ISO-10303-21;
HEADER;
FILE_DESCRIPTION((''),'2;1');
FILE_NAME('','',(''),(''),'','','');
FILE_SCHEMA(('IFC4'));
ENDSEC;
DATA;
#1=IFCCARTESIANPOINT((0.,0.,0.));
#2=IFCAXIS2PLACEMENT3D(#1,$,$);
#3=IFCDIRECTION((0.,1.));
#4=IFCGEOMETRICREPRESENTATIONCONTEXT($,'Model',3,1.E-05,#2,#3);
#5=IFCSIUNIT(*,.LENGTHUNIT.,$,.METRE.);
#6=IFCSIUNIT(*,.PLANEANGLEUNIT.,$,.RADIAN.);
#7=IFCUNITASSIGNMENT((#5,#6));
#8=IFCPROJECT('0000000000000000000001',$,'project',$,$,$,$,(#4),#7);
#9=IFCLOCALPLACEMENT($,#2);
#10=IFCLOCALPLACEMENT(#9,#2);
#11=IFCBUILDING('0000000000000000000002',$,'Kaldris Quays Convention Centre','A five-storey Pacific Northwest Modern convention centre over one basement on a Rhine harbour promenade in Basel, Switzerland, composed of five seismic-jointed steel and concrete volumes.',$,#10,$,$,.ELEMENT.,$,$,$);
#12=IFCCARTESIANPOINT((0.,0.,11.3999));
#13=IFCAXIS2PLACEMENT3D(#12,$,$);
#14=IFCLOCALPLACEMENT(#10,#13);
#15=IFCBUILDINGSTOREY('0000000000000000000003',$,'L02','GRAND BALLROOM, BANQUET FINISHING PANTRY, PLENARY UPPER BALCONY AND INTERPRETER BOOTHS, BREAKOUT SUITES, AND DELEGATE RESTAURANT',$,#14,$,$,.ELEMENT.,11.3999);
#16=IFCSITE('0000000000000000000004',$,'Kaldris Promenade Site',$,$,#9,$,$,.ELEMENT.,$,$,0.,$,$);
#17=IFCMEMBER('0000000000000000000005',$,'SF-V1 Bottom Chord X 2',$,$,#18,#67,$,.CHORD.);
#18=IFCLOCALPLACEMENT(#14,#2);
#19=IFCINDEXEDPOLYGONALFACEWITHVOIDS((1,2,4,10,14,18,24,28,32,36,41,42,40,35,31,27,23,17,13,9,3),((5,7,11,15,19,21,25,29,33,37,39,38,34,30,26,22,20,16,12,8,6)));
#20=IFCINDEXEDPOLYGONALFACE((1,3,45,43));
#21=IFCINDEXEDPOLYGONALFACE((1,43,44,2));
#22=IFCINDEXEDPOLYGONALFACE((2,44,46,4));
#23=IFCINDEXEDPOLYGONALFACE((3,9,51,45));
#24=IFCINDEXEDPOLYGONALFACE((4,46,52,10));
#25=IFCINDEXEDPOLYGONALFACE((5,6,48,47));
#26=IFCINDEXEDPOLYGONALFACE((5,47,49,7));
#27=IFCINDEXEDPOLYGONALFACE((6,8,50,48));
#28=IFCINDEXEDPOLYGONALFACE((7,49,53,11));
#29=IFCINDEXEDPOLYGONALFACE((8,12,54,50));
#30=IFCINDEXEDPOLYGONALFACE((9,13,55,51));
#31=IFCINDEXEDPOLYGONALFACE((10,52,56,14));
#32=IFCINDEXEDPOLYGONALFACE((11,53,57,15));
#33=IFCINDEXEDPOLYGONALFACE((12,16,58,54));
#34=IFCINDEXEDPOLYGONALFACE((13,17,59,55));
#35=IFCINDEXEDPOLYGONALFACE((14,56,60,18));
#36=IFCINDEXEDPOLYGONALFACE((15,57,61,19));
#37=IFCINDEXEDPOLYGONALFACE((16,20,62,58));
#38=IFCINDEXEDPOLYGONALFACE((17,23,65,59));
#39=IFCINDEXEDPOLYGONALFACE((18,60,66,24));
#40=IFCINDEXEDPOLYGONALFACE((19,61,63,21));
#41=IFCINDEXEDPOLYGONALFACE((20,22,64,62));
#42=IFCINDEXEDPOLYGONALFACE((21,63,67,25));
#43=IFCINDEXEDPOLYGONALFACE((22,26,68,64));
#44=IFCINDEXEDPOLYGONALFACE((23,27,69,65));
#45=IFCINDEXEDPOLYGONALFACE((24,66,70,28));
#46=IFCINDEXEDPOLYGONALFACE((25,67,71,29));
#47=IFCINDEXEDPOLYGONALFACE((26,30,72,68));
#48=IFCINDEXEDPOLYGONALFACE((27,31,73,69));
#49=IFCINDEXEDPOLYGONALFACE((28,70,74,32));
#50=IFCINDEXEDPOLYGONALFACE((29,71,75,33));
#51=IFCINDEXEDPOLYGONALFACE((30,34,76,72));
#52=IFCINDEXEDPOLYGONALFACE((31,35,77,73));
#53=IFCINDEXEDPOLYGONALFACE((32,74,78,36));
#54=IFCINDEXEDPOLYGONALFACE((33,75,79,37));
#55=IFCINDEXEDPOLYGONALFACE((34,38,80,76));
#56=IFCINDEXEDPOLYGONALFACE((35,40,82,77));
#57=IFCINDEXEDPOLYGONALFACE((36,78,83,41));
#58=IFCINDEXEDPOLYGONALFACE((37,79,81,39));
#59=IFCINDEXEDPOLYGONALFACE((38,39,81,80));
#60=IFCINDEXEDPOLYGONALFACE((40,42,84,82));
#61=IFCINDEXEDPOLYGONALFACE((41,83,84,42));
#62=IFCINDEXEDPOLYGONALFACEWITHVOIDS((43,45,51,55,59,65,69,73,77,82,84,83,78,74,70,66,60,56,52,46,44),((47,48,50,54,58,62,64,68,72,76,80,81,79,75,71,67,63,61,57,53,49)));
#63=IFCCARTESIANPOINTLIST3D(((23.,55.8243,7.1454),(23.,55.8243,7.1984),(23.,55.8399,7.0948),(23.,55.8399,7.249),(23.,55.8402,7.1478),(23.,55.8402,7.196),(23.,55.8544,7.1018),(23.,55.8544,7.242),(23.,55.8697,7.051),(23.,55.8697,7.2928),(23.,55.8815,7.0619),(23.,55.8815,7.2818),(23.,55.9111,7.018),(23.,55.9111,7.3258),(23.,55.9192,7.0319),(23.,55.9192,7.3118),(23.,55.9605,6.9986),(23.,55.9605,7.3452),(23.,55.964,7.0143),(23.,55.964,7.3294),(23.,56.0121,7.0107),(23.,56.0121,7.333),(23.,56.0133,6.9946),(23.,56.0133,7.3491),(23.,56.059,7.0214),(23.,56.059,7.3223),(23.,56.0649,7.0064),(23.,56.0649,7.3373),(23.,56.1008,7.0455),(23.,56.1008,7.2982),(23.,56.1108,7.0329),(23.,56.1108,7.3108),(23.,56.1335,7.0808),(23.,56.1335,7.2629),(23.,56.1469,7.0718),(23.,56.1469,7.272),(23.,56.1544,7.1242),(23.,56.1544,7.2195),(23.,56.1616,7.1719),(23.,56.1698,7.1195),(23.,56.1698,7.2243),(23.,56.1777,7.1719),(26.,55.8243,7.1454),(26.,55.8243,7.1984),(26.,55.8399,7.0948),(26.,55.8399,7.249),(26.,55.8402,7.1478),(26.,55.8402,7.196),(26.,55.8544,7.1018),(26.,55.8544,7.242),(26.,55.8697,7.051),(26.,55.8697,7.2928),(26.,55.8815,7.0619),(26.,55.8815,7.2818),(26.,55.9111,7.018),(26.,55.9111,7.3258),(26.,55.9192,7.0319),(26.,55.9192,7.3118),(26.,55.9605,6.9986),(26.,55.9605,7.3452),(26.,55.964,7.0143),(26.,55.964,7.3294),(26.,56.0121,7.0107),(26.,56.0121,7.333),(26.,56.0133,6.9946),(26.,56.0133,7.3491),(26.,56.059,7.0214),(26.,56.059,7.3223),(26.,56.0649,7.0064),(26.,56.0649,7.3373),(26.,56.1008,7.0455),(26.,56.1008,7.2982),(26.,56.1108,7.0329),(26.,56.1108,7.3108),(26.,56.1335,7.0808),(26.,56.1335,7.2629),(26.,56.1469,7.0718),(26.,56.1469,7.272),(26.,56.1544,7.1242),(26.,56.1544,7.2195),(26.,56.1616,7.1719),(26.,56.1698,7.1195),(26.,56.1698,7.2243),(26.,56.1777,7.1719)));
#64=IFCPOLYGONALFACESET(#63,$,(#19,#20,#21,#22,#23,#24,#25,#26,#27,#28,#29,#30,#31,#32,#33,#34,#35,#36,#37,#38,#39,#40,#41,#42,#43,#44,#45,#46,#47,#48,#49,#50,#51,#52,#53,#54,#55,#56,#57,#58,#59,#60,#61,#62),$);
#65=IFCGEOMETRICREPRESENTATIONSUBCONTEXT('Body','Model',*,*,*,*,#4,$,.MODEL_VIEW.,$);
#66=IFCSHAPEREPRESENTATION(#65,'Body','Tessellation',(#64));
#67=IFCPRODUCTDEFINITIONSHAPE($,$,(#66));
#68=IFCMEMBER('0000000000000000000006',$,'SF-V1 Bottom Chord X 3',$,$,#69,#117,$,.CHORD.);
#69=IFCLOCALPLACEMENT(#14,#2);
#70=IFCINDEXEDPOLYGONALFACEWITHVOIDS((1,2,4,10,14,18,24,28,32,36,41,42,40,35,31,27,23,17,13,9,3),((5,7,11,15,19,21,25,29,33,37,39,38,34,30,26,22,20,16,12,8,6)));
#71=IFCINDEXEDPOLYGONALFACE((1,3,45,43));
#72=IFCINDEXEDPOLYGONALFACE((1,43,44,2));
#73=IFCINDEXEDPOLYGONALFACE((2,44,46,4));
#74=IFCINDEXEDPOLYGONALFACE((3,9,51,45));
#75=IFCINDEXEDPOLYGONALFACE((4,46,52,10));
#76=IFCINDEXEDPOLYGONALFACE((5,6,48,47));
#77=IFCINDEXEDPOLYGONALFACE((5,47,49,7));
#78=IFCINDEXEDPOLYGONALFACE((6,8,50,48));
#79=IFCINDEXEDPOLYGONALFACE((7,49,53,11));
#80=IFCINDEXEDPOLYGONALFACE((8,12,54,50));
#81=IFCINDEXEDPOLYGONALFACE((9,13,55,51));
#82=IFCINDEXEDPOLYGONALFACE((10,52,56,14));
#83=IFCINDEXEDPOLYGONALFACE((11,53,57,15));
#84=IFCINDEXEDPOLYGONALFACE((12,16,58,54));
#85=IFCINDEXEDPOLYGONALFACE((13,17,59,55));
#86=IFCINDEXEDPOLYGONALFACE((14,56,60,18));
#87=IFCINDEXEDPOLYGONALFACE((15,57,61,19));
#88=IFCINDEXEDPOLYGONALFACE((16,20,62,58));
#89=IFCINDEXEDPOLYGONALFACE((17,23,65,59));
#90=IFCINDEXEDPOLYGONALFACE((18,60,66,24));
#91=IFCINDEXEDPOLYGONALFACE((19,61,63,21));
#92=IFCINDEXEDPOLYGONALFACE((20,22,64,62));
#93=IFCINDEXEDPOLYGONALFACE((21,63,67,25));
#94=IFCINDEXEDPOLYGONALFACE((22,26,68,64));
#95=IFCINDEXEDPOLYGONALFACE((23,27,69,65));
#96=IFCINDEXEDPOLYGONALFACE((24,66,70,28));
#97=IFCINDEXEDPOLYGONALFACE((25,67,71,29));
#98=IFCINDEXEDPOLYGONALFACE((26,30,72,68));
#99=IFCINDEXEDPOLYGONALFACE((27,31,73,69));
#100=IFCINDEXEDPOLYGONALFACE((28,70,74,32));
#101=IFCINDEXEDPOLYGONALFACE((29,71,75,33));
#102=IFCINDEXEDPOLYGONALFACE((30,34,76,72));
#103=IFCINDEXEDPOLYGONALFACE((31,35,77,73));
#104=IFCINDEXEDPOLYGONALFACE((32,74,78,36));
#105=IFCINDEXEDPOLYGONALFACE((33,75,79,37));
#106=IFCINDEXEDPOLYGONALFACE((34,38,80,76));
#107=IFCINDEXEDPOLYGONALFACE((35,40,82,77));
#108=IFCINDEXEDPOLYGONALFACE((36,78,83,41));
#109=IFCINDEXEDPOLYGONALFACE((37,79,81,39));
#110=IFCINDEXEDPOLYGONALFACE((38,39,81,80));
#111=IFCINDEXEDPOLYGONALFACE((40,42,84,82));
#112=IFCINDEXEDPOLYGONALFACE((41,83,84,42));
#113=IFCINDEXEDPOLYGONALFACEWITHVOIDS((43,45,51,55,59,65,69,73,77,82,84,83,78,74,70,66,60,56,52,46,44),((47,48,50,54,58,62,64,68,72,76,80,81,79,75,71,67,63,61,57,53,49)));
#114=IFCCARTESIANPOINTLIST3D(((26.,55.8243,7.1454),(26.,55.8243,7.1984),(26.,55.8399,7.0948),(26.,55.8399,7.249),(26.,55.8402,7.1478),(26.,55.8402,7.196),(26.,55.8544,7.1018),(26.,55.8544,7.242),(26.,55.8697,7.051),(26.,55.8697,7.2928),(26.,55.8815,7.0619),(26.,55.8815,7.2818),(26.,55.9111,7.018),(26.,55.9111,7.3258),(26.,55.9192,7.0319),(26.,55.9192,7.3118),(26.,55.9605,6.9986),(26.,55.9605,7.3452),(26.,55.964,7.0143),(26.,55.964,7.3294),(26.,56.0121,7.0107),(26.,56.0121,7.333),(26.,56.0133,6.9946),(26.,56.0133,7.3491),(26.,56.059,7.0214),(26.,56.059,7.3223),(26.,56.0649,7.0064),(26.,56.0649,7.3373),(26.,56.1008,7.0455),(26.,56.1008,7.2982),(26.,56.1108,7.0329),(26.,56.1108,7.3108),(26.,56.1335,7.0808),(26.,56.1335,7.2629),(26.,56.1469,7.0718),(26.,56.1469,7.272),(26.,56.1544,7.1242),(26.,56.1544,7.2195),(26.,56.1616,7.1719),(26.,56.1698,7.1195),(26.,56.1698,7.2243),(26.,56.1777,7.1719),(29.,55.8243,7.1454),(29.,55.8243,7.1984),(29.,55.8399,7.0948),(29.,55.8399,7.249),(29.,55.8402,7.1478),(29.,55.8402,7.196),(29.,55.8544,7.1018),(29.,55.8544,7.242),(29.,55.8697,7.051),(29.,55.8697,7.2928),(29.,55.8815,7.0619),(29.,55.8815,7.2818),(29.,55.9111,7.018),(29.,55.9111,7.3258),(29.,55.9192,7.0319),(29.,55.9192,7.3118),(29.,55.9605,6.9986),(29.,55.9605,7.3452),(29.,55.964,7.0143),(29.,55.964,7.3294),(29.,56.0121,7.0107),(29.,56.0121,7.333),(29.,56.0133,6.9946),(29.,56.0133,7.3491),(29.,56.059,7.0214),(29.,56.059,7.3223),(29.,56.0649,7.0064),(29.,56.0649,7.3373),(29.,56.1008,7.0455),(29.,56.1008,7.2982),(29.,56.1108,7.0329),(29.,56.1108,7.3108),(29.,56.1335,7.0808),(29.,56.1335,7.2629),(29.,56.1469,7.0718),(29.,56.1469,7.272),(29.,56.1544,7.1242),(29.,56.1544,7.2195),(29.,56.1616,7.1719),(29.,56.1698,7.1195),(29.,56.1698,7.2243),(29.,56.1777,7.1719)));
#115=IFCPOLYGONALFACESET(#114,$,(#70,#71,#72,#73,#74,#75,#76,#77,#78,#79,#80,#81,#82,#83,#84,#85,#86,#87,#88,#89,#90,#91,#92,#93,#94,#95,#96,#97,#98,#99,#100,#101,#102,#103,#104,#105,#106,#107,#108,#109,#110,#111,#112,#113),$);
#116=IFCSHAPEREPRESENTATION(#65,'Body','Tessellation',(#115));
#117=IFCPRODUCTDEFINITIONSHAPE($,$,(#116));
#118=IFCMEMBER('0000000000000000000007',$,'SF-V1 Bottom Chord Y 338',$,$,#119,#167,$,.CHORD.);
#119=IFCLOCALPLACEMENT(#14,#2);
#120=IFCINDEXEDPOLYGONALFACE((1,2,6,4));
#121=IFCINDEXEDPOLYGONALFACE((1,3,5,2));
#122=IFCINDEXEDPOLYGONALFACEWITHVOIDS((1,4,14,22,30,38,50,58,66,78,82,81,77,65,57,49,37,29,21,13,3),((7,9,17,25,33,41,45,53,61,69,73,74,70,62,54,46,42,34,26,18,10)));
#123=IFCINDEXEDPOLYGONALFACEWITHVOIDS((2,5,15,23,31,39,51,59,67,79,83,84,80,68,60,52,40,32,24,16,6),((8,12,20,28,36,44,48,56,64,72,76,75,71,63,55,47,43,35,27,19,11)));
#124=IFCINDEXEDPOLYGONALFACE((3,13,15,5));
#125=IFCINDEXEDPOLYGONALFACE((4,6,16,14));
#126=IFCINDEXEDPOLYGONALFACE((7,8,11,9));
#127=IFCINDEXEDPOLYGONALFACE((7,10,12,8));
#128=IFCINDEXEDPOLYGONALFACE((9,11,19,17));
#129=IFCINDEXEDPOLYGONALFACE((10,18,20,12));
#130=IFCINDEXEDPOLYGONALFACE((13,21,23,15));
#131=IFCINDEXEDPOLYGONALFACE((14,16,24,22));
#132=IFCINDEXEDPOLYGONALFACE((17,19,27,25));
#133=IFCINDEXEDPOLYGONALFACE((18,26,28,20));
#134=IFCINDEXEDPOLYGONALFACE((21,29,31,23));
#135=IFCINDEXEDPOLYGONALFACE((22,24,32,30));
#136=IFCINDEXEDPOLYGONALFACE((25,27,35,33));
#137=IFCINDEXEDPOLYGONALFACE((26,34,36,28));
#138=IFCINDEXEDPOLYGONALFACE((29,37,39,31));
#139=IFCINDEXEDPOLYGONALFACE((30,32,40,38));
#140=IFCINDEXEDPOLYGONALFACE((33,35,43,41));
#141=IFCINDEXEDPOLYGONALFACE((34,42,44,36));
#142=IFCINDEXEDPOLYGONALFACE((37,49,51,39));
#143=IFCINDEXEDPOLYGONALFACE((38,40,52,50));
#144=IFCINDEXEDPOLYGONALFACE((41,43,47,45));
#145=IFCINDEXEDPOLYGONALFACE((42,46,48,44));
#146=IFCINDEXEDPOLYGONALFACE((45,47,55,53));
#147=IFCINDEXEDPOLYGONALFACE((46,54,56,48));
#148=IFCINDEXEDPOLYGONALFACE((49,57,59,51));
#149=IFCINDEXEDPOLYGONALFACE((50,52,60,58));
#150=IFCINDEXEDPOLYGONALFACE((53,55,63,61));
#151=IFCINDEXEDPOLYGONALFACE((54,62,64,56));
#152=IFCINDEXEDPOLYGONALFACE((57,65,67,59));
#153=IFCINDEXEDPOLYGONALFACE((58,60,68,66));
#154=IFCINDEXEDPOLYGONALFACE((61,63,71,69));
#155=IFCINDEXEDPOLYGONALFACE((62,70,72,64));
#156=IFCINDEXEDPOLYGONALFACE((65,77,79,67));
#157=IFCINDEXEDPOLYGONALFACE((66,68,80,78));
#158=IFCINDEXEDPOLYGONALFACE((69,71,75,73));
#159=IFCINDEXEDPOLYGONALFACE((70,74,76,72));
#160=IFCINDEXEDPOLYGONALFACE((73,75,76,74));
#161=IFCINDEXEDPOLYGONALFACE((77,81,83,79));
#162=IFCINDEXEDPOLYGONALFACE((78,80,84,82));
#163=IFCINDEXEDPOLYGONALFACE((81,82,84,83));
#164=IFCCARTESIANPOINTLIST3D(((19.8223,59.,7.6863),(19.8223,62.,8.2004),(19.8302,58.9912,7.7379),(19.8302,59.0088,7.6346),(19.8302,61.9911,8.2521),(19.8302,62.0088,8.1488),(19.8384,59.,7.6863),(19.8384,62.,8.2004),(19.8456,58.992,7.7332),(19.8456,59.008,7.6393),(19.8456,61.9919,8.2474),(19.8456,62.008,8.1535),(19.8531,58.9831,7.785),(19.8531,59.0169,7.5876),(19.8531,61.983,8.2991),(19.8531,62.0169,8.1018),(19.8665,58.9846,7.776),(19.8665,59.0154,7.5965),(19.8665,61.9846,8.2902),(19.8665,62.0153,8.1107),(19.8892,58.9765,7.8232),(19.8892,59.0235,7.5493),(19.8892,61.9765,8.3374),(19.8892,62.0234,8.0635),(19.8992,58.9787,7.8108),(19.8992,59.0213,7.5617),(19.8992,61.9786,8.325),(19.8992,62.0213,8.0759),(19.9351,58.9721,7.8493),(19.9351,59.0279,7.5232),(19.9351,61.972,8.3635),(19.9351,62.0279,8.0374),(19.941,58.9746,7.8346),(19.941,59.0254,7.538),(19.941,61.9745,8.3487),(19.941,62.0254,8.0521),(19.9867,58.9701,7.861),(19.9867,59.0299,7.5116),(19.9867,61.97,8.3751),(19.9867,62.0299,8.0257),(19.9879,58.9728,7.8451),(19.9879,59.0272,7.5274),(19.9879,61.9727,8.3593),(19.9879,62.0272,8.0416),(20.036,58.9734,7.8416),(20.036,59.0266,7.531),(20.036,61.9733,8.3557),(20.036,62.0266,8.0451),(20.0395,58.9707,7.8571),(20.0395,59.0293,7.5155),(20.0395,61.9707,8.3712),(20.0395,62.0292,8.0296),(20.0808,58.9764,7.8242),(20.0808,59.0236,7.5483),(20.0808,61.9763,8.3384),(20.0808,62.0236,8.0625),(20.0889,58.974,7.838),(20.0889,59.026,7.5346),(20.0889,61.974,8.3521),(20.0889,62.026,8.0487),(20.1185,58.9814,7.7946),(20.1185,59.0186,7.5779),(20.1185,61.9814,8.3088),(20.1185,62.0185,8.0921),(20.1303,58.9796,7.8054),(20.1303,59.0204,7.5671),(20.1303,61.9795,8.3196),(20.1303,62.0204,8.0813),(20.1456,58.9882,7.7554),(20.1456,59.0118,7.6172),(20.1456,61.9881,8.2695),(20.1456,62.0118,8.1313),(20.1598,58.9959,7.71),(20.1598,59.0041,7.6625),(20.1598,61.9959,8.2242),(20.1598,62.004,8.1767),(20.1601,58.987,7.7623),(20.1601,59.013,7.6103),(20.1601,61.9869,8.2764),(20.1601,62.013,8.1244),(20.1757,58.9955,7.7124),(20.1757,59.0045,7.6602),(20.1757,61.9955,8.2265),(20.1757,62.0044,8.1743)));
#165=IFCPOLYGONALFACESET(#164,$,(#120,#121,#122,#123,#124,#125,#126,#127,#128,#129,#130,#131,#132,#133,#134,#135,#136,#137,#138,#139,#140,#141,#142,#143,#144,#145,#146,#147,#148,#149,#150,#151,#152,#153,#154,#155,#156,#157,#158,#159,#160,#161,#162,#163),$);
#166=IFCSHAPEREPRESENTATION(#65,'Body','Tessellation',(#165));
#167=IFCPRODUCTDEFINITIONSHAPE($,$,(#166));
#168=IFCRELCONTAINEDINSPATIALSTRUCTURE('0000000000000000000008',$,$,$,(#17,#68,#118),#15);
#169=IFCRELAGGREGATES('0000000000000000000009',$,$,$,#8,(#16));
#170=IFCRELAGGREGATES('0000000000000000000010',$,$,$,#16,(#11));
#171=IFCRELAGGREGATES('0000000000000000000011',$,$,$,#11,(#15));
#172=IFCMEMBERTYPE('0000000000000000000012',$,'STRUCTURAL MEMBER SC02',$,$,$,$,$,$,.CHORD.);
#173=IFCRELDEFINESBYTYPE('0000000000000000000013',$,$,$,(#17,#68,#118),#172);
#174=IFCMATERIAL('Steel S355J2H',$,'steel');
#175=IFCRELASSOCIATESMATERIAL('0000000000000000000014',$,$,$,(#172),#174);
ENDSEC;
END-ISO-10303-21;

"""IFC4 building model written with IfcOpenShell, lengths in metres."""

from ifc_helpers import new_model, si_unit, direction, frame, origin, origin_2d, place, context, subcontext, project, spatial, hollow_circle, extrude, material, material_profile, profile_set, type_object, element, save


model = new_model("IFC4")

# Units and contexts
model_context = context("Model", 3, precision=1e-05, world=origin(), true_north=direction((0.0, 1.0)))
body_context = subcontext(model_context, "Body", "Model", "MODEL_VIEW")
ifc_project = project(units=[si_unit("LENGTHUNIT", "METRE"), si_unit("PLANEANGLEUNIT", "RADIAN")], contexts=[model_context])

# Site, building, storey
site_placement = place(None, origin())
site = spatial("IfcSite", under=ifc_project, at=site_placement, Name="Kaldris Promenade Site", CompositionType="ELEMENT", RefElevation=0.0)
building_placement = place(site_placement, origin())
building = spatial("IfcBuilding", under=site, at=building_placement, Name="Kaldris Quays Convention Centre", Description="A five-storey Pacific Northwest Modern convention centre over one basement on a Rhine harbour promenade in Basel, Switzerland, composed of five seismic-jointed steel and concrete volumes.", CompositionType="ELEMENT")
storey_placement = place(building_placement, frame((0.0, 0.0, 11.3999)))
storey = spatial("IfcBuildingStorey", under=building, at=storey_placement, Name="L02", Description="GRAND BALLROOM, BANQUET FINISHING PANTRY, PLENARY UPPER BALCONY AND INTERPRETER BOOTHS, BREAKOUT SUITES, AND DELEGATE RESTAURANT", CompositionType="ELEMENT", Elevation=11.3999)

# Members
ifc_material_1 = material(Name="Steel S355J2H", Category="steel")
ifc_material_profile_1 = material_profile(ifc_material_1, hollow_circle(Radius=0.1777, WallThickness=0.0161, at=origin_2d()), Name="CHS 355.6x16")
ifc_profile_set_1 = profile_set([ifc_material_profile_1], Name="Steel S355J2H")
member_type_1 = type_object("IfcMemberType", Name="STRUCTURAL MEMBER SC02", PredefinedType="CHORD", material=ifc_profile_set_1)
for number, where, z_axis, x_axis, name in (
    (1, (23.0, 56.0, 7.1719), (1.0, 0.0, 0.0), (0.0, 1.0, 0.0), "SF-V1 Bottom Chord X 2"),
    (2, (26.0, 56.0, 7.1719), (1.0, 0.0, 0.0), (0.0, 1.0, 0.0), "SF-V1 Bottom Chord X 3"),
):
    element("IfcMember", number, at=place(storey_placement, frame(where, z_axis=z_axis, x_axis=x_axis)), inside=storey, type_object=member_type_1, Name=name, PredefinedType="CHORD", context=body_context, shape_type="SweptSolid", body=[
        extrude(hollow_circle(Radius=0.1777, WallThickness=0.0161, at=origin_2d()), origin(), (0.0, 0.0, 1.0), 3.0),
    ])
member_1_placement = place(storey_placement, frame((20.0, 59.0, 7.6863), z_axis=(0.0, 0.985629, 0.168924), x_axis=(-1.0, 0.0, 0.0)))
element("IfcMember", 3, at=member_1_placement, inside=storey, type_object=member_type_1, Name="SF-V1 Bottom Chord Y 338", PredefinedType="CHORD", context=body_context, shape_type="SweptSolid", body=[
    extrude(hollow_circle(Radius=0.1777, WallThickness=0.0161, at=origin_2d()), origin(), (0.0, 0.0, 1.0), 3.0437),
])

save(model, "model.ifc")
